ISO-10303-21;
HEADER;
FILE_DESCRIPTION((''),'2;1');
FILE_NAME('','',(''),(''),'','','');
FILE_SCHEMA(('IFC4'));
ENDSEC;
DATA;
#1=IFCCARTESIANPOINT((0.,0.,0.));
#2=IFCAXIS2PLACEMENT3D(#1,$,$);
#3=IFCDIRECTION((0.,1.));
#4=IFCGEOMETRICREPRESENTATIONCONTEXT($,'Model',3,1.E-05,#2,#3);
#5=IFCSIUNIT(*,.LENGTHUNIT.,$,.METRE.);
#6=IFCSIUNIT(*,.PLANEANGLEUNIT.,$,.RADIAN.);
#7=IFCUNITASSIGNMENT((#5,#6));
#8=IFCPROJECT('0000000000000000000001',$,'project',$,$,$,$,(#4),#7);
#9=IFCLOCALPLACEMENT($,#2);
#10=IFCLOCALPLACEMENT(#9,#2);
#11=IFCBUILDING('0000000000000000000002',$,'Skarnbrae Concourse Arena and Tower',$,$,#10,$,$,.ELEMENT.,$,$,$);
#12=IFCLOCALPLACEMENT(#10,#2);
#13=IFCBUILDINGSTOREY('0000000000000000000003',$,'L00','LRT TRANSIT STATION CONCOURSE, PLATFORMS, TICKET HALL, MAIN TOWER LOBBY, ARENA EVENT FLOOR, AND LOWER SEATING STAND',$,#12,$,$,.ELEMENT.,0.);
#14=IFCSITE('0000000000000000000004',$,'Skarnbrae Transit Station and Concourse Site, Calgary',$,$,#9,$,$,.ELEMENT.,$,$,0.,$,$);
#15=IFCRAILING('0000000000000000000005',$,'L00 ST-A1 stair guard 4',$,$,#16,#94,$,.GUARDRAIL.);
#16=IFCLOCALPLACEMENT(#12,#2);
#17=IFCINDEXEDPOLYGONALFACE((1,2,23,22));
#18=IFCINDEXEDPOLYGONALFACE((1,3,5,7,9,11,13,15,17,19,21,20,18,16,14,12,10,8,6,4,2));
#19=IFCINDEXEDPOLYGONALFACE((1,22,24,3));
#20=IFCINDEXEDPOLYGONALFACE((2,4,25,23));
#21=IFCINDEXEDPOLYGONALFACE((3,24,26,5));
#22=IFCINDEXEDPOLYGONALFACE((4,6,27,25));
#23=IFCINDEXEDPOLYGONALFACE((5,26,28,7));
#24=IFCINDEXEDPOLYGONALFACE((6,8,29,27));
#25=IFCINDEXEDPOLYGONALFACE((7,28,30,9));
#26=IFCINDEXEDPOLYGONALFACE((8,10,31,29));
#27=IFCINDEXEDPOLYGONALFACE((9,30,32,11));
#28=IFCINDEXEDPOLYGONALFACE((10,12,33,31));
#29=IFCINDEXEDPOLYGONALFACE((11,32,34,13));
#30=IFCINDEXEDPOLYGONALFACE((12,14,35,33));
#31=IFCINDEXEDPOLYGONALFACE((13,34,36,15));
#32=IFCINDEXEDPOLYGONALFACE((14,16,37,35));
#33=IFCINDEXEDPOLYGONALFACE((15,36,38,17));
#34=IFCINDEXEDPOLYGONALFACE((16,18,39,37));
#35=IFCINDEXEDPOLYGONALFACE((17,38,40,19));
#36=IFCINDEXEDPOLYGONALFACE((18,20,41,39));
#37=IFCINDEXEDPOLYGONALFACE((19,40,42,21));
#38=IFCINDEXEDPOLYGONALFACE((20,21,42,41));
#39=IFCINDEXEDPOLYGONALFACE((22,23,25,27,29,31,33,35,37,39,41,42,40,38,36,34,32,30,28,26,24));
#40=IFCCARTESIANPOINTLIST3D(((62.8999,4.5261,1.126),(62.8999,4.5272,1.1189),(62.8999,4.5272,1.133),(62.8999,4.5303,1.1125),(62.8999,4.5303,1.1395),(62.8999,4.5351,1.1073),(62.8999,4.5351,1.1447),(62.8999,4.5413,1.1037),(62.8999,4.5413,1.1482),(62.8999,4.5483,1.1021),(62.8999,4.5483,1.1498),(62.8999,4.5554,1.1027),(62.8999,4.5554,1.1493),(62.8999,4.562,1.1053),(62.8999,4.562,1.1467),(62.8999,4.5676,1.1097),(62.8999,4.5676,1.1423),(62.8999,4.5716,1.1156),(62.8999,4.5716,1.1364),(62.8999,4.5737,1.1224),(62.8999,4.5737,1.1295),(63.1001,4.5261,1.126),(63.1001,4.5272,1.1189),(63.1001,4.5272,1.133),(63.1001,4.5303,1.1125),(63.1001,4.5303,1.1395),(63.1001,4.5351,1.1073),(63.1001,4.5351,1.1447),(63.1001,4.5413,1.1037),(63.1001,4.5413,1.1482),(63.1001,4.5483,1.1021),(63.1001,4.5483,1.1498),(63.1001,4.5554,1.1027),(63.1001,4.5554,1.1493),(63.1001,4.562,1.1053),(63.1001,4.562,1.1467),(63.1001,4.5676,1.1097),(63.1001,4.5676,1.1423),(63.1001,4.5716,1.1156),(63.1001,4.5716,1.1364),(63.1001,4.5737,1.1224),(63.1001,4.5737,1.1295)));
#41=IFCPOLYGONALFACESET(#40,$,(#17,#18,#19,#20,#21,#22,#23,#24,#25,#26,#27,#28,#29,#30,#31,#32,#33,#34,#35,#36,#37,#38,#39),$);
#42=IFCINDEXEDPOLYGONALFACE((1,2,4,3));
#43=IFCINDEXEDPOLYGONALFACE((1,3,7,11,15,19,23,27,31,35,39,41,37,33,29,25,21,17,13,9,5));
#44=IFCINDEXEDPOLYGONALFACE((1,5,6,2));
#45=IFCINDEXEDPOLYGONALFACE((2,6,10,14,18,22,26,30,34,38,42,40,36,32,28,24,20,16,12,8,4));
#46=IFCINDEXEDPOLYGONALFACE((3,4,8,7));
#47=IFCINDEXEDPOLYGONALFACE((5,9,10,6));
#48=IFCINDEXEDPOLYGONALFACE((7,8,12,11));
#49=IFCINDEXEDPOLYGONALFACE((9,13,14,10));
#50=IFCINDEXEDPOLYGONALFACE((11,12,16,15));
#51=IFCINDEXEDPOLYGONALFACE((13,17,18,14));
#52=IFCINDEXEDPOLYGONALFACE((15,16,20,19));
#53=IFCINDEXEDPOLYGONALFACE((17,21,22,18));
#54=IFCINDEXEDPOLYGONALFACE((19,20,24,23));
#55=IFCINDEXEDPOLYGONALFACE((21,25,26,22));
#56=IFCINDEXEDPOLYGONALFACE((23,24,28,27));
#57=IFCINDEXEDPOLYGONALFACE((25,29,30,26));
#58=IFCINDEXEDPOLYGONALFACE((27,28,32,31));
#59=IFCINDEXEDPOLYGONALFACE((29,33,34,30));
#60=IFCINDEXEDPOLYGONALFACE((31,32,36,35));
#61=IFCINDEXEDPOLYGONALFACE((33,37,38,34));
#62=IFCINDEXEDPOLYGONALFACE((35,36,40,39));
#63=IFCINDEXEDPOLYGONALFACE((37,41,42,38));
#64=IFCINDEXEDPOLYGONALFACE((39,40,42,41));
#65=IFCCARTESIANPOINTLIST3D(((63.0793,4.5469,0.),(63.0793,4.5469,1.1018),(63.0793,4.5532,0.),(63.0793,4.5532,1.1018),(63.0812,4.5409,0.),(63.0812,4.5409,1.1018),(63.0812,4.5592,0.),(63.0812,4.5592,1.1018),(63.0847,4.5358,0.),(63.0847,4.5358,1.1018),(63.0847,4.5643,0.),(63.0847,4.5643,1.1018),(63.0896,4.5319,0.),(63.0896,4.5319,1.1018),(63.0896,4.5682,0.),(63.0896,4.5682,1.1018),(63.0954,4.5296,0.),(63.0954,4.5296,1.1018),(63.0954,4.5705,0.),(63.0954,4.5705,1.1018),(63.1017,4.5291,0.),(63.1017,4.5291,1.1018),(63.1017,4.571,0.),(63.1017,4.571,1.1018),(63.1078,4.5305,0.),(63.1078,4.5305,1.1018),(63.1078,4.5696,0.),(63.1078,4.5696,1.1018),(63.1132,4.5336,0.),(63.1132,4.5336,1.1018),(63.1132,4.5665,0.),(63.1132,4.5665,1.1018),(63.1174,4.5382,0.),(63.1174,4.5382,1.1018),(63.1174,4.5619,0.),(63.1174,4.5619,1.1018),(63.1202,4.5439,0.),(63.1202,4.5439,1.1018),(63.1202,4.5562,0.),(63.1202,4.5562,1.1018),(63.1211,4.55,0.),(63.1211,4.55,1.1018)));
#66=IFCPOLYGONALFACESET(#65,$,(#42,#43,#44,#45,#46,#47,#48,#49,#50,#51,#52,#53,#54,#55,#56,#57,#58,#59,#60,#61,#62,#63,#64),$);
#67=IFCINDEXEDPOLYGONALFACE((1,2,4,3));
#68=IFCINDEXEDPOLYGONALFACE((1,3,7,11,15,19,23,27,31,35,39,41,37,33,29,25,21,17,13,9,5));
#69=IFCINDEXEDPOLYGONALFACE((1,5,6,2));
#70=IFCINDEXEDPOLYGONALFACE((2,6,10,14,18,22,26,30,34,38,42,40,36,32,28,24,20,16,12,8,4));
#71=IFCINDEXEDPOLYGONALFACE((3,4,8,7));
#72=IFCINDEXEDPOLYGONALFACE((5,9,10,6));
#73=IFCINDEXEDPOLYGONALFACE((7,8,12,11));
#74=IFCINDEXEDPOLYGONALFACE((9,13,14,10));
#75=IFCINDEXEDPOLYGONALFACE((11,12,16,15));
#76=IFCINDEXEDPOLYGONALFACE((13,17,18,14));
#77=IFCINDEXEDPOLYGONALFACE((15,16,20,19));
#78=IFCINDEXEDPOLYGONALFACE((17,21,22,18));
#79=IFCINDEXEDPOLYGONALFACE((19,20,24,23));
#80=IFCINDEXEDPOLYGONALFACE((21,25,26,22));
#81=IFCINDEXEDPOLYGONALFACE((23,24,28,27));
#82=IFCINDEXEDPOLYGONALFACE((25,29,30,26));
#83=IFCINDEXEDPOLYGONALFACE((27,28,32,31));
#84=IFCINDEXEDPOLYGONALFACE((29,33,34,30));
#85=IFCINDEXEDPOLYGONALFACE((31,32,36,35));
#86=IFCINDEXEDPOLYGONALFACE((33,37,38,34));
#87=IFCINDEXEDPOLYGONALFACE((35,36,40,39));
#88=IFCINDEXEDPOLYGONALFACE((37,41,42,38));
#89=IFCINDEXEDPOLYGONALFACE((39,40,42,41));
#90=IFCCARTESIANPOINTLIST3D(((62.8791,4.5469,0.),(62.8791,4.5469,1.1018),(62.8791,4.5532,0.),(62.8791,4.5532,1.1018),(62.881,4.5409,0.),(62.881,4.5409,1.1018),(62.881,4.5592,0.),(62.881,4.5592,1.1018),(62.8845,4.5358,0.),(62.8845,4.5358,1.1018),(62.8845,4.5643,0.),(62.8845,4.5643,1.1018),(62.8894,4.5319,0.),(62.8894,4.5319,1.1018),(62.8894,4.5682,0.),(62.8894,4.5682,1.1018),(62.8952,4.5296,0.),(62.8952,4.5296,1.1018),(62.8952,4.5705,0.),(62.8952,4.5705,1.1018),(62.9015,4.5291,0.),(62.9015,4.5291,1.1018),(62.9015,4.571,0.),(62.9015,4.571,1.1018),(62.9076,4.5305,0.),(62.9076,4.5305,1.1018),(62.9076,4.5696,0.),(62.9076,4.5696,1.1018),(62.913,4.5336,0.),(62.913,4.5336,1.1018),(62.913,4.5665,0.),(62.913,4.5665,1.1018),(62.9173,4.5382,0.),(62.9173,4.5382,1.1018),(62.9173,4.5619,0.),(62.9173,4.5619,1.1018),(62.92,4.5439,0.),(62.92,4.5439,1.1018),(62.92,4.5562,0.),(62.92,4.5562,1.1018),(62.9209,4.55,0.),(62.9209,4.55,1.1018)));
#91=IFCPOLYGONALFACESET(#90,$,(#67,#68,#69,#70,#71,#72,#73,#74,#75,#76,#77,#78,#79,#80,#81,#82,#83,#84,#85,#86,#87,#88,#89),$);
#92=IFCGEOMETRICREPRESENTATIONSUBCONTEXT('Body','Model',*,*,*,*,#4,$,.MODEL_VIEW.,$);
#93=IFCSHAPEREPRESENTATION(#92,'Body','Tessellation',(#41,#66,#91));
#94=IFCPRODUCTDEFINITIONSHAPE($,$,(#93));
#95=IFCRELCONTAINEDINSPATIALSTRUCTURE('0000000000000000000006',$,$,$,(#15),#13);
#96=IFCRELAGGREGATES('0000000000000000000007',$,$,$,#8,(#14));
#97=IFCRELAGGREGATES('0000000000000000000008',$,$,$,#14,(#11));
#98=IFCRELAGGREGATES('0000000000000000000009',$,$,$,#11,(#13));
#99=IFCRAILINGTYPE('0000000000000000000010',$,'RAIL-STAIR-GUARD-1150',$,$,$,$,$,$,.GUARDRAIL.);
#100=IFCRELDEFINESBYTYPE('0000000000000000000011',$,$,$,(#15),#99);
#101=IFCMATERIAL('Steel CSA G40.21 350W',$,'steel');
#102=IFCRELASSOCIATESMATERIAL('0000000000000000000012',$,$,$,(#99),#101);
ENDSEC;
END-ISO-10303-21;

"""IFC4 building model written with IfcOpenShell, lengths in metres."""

from ifc_helpers import new_model, si_unit, direction, frame, origin, origin_2d, place, context, subcontext, project, spatial, circle, extrude, material, type_object, element, save


model = new_model("IFC4")

# Units and contexts
model_context = context("Model", 3, precision=1e-05, world=origin(), true_north=direction((0.0, 1.0)))
body_context = subcontext(model_context, "Body", "Model", "MODEL_VIEW")
ifc_project = project(units=[si_unit("LENGTHUNIT", "METRE"), si_unit("PLANEANGLEUNIT", "RADIAN")], contexts=[model_context])

# Site, building, storey
site_placement = place(None, origin())
site = spatial("IfcSite", under=ifc_project, at=site_placement, Name="Skarnbrae Transit Station and Concourse Site, Calgary", CompositionType="ELEMENT", RefElevation=0.0)
building_placement = place(site_placement, origin())
building = spatial("IfcBuilding", under=site, at=building_placement, Name="Skarnbrae Concourse Arena and Tower", CompositionType="ELEMENT")
storey_placement = place(building_placement, origin())
storey = spatial("IfcBuildingStorey", under=building, at=storey_placement, Name="L00", Description="LRT TRANSIT STATION CONCOURSE, PLATFORMS, TICKET HALL, MAIN TOWER LOBBY, ARENA EVENT FLOOR, AND LOWER SEATING STAND", CompositionType="ELEMENT", Elevation=0.0)

# Shared definitions
ifc_material_1 = material(Name="Steel CSA G40.21 350W", Category="steel")

# Railing
railing_type_1 = type_object("IfcRailingType", Name="RAIL-STAIR-GUARD-1150", PredefinedType="GUARDRAIL", material=ifc_material_1)
railing_1_placement = place(storey_placement, frame((63.1001, 4.55, 0.0)))
element("IfcRailing", 1, at=railing_1_placement, inside=storey, type_object=railing_type_1, Name="L00 ST-A1 stair guard 4", PredefinedType="GUARDRAIL", context=body_context, shape_type="SweptSolid", body=[
    extrude(circle(Radius=0.0239, at=origin_2d()), frame((0.0, 0.0, 1.126), z_axis=(-1.0, 0.0, 0.0), x_axis=(0.0, -1.0, 0.0)), (0.0, 0.0, 1.0), 0.2002),
    extrude(circle(Radius=0.021, at=origin_2d()), origin(), (0.0, 0.0, 1.0), 1.1018),
    extrude(circle(Radius=0.021, at=origin_2d()), frame((-0.2002, 0.0, 0.0)), (0.0, 0.0, 1.0), 1.1018),
])

save(model, "model.ifc")
